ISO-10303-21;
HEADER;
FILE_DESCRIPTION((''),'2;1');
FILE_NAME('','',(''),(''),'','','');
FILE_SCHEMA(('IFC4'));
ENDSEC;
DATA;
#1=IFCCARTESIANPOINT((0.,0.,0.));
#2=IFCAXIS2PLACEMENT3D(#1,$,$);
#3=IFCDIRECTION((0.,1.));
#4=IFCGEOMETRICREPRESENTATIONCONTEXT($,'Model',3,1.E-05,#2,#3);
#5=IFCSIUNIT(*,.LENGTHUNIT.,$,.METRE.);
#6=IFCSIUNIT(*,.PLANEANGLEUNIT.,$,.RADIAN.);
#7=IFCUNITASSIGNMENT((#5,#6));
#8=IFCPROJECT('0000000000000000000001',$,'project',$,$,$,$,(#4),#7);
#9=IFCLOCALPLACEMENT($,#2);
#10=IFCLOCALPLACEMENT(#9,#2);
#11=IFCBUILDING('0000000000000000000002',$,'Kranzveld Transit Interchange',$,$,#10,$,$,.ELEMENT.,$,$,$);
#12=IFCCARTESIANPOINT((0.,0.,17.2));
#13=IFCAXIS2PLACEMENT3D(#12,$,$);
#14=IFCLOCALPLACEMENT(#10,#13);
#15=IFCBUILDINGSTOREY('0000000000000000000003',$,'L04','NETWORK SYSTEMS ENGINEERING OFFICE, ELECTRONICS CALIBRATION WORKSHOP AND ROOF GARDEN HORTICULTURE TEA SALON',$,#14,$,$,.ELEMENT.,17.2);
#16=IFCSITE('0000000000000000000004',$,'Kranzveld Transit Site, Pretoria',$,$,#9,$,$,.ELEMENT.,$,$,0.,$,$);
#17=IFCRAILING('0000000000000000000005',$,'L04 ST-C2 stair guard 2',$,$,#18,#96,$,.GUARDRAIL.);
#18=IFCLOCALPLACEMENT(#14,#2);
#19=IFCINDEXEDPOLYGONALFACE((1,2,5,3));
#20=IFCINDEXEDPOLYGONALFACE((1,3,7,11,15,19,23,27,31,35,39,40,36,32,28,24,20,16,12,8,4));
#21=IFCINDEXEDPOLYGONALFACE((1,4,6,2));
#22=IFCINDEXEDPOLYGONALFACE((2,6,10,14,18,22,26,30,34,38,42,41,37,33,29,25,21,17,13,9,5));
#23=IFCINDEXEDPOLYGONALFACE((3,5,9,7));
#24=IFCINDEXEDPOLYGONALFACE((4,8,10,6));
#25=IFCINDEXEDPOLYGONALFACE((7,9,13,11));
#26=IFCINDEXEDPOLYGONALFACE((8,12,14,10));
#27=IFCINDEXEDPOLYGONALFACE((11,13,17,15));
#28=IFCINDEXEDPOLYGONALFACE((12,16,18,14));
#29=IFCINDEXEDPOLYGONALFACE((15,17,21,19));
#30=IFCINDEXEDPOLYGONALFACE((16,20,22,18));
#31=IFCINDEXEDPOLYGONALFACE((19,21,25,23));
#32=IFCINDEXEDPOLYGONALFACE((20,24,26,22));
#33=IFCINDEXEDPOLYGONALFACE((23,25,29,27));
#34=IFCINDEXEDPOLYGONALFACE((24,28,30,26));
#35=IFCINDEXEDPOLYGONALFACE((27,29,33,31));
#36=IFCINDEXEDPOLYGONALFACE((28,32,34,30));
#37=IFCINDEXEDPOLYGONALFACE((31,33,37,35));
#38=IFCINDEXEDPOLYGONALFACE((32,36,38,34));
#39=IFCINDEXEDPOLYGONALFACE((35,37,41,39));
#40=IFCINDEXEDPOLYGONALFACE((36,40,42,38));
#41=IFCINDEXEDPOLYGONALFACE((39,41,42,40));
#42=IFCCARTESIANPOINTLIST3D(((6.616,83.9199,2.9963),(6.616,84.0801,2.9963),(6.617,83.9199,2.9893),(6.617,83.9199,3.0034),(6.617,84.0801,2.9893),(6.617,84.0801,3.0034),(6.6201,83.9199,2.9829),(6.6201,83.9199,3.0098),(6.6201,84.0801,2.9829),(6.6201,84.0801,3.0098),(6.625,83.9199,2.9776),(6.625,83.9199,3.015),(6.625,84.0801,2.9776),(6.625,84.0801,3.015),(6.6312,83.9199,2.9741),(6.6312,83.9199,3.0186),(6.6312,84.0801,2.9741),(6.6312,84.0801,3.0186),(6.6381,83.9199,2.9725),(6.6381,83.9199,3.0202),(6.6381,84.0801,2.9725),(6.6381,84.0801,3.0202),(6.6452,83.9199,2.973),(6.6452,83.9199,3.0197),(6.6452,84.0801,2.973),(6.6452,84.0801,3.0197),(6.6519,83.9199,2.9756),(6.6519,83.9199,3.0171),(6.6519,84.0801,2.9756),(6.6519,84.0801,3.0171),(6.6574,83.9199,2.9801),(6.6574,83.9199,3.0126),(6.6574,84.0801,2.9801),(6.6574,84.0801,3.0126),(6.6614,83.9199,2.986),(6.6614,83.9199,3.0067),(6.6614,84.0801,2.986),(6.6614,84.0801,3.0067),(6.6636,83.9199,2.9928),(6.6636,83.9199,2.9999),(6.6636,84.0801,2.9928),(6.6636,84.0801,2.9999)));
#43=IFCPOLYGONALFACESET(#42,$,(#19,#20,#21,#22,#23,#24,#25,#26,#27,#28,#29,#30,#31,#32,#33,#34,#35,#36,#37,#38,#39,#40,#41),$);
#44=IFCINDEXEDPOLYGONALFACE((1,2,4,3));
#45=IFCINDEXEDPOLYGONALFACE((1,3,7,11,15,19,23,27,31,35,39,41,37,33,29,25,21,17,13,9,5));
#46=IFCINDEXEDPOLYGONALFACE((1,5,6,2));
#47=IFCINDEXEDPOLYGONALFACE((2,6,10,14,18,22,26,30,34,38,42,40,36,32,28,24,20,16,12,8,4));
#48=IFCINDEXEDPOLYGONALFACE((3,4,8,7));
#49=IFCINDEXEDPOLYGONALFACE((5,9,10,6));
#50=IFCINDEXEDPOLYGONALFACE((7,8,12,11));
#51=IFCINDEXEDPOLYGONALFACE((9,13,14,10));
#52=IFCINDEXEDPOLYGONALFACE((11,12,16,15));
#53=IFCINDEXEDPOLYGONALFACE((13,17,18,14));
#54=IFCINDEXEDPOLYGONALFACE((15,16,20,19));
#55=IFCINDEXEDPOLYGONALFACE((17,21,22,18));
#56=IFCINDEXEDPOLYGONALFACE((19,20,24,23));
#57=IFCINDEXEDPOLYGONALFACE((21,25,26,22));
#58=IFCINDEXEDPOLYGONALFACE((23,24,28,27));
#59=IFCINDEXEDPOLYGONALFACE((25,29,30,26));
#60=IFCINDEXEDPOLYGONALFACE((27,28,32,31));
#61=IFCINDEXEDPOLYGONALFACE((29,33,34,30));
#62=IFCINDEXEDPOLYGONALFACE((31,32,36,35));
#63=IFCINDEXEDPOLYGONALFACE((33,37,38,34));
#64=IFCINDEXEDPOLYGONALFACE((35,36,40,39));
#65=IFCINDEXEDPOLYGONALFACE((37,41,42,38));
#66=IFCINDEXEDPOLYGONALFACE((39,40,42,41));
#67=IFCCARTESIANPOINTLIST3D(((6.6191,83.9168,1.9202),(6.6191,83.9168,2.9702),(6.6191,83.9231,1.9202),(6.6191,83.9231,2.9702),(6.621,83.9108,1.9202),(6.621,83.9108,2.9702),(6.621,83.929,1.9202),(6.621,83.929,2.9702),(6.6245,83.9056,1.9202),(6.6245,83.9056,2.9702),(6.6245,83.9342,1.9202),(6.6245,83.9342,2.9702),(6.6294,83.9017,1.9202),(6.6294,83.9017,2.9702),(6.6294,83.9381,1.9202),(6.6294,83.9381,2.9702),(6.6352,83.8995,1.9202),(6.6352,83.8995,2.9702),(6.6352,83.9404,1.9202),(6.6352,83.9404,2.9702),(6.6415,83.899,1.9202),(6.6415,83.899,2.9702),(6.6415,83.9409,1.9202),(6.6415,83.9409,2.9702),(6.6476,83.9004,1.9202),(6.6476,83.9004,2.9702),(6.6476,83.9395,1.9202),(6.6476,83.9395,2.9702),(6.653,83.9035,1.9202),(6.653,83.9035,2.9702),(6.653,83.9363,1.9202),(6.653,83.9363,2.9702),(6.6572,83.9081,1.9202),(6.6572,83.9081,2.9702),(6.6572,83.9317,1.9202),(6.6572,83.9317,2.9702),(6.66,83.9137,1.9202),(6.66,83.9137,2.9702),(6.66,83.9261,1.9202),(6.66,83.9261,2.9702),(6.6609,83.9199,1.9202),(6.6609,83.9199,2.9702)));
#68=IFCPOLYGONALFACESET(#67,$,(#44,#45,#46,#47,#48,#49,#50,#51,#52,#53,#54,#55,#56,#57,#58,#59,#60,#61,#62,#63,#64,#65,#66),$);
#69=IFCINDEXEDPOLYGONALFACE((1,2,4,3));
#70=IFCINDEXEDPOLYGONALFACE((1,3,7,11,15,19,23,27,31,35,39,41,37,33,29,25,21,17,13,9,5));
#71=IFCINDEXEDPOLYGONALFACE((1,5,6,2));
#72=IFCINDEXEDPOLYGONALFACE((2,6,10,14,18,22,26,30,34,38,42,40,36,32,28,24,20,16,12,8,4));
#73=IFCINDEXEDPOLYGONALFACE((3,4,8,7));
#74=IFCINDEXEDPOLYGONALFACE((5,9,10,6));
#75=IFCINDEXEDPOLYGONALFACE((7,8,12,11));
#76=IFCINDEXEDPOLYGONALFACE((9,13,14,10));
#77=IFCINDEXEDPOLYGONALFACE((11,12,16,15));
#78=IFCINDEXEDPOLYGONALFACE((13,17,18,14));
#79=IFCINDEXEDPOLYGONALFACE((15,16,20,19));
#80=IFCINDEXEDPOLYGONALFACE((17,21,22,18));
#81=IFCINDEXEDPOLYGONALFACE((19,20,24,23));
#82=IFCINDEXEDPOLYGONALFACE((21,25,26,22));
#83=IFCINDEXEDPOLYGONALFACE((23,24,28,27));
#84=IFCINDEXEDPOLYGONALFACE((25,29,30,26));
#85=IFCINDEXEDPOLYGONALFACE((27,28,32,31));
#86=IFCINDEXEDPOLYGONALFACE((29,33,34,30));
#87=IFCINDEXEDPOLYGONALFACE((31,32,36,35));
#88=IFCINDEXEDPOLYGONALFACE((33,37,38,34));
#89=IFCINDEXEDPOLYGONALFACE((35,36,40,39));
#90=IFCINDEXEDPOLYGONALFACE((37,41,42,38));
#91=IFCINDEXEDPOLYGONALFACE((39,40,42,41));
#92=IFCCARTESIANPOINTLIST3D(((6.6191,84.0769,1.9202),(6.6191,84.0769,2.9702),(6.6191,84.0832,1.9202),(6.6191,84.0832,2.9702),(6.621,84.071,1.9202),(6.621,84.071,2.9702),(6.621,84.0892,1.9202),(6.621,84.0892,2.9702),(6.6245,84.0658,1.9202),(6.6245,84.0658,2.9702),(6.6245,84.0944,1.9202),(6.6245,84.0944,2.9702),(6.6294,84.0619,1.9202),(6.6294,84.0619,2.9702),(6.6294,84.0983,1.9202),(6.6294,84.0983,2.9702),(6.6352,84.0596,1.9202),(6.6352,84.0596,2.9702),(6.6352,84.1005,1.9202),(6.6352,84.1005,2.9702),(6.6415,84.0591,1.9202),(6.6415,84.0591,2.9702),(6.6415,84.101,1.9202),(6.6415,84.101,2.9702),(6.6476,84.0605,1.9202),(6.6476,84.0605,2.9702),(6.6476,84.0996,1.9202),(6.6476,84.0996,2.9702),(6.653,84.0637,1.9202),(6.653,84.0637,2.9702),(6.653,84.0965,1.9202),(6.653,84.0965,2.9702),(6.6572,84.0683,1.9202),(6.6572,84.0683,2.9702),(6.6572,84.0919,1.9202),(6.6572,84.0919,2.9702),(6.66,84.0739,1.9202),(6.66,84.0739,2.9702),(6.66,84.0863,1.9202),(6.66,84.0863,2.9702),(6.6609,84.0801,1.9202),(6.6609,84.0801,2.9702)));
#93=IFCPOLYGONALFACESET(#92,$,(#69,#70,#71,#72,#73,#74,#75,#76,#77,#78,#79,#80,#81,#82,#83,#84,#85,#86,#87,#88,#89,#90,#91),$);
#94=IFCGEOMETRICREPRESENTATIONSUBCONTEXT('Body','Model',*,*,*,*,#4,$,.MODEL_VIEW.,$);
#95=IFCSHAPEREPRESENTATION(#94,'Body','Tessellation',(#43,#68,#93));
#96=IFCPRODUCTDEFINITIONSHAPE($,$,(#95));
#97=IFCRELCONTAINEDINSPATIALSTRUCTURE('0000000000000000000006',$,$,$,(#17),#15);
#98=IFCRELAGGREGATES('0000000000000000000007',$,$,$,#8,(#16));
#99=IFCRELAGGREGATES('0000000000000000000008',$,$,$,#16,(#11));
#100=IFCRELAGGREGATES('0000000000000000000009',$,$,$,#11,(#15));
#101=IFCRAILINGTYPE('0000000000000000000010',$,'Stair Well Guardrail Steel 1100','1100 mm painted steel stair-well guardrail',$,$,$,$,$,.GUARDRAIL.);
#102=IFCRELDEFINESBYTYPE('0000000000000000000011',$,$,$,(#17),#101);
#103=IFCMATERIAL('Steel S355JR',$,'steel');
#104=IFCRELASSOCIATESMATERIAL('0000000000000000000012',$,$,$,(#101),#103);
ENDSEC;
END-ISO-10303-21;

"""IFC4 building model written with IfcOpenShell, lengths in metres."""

from ifc_helpers import new_model, si_unit, direction, frame, origin, origin_2d, place, context, subcontext, project, spatial, circle, extrude, material, type_object, element, save


model = new_model("IFC4")

# Units and contexts
model_context = context("Model", 3, precision=1e-05, world=origin(), true_north=direction((0.0, 1.0)))
body_context = subcontext(model_context, "Body", "Model", "MODEL_VIEW")
ifc_project = project(units=[si_unit("LENGTHUNIT", "METRE"), si_unit("PLANEANGLEUNIT", "RADIAN")], contexts=[model_context])

# Site, building, storey
site_placement = place(None, origin())
site = spatial("IfcSite", under=ifc_project, at=site_placement, Name="Kranzveld Transit Site, Pretoria", CompositionType="ELEMENT", RefElevation=0.0)
building_placement = place(site_placement, origin())
building = spatial("IfcBuilding", under=site, at=building_placement, Name="Kranzveld Transit Interchange", CompositionType="ELEMENT")
storey_placement = place(building_placement, frame((0.0, 0.0, 17.2)))
storey = spatial("IfcBuildingStorey", under=building, at=storey_placement, Name="L04", Description="NETWORK SYSTEMS ENGINEERING OFFICE, ELECTRONICS CALIBRATION WORKSHOP AND ROOF GARDEN HORTICULTURE TEA SALON", CompositionType="ELEMENT", Elevation=17.2)

# Railing
ifc_material_1 = material(Name="Steel S355JR", Category="steel")
railing_type_1 = type_object("IfcRailingType", Name="Stair Well Guardrail Steel 1100", Description="1100 mm painted steel stair-well guardrail", PredefinedType="GUARDRAIL", material=ifc_material_1)
railing_1_placement = place(storey_placement, frame((6.6399, 83.9199, 1.9202)))
element("IfcRailing", 1, at=railing_1_placement, inside=storey, type_object=railing_type_1, Name="L04 ST-C2 stair guard 2", PredefinedType="GUARDRAIL", context=body_context, shape_type="SweptSolid", body=[
    extrude(circle(Radius=0.0239, at=origin_2d()), frame((0.0, 0.0, 1.0762), z_axis=(0.0, 1.0, 0.0), x_axis=(-1.0, 0.0, 0.0)), (0.0, 0.0, 1.0), 0.1602),
    extrude(circle(Radius=0.021, at=origin_2d()), origin(), (0.0, 0.0, 1.0), 1.05),
    extrude(circle(Radius=0.021, at=origin_2d()), frame((0.0, 0.1602, 0.0)), (0.0, 0.0, 1.0), 1.05),
])

save(model, "model.ifc")
